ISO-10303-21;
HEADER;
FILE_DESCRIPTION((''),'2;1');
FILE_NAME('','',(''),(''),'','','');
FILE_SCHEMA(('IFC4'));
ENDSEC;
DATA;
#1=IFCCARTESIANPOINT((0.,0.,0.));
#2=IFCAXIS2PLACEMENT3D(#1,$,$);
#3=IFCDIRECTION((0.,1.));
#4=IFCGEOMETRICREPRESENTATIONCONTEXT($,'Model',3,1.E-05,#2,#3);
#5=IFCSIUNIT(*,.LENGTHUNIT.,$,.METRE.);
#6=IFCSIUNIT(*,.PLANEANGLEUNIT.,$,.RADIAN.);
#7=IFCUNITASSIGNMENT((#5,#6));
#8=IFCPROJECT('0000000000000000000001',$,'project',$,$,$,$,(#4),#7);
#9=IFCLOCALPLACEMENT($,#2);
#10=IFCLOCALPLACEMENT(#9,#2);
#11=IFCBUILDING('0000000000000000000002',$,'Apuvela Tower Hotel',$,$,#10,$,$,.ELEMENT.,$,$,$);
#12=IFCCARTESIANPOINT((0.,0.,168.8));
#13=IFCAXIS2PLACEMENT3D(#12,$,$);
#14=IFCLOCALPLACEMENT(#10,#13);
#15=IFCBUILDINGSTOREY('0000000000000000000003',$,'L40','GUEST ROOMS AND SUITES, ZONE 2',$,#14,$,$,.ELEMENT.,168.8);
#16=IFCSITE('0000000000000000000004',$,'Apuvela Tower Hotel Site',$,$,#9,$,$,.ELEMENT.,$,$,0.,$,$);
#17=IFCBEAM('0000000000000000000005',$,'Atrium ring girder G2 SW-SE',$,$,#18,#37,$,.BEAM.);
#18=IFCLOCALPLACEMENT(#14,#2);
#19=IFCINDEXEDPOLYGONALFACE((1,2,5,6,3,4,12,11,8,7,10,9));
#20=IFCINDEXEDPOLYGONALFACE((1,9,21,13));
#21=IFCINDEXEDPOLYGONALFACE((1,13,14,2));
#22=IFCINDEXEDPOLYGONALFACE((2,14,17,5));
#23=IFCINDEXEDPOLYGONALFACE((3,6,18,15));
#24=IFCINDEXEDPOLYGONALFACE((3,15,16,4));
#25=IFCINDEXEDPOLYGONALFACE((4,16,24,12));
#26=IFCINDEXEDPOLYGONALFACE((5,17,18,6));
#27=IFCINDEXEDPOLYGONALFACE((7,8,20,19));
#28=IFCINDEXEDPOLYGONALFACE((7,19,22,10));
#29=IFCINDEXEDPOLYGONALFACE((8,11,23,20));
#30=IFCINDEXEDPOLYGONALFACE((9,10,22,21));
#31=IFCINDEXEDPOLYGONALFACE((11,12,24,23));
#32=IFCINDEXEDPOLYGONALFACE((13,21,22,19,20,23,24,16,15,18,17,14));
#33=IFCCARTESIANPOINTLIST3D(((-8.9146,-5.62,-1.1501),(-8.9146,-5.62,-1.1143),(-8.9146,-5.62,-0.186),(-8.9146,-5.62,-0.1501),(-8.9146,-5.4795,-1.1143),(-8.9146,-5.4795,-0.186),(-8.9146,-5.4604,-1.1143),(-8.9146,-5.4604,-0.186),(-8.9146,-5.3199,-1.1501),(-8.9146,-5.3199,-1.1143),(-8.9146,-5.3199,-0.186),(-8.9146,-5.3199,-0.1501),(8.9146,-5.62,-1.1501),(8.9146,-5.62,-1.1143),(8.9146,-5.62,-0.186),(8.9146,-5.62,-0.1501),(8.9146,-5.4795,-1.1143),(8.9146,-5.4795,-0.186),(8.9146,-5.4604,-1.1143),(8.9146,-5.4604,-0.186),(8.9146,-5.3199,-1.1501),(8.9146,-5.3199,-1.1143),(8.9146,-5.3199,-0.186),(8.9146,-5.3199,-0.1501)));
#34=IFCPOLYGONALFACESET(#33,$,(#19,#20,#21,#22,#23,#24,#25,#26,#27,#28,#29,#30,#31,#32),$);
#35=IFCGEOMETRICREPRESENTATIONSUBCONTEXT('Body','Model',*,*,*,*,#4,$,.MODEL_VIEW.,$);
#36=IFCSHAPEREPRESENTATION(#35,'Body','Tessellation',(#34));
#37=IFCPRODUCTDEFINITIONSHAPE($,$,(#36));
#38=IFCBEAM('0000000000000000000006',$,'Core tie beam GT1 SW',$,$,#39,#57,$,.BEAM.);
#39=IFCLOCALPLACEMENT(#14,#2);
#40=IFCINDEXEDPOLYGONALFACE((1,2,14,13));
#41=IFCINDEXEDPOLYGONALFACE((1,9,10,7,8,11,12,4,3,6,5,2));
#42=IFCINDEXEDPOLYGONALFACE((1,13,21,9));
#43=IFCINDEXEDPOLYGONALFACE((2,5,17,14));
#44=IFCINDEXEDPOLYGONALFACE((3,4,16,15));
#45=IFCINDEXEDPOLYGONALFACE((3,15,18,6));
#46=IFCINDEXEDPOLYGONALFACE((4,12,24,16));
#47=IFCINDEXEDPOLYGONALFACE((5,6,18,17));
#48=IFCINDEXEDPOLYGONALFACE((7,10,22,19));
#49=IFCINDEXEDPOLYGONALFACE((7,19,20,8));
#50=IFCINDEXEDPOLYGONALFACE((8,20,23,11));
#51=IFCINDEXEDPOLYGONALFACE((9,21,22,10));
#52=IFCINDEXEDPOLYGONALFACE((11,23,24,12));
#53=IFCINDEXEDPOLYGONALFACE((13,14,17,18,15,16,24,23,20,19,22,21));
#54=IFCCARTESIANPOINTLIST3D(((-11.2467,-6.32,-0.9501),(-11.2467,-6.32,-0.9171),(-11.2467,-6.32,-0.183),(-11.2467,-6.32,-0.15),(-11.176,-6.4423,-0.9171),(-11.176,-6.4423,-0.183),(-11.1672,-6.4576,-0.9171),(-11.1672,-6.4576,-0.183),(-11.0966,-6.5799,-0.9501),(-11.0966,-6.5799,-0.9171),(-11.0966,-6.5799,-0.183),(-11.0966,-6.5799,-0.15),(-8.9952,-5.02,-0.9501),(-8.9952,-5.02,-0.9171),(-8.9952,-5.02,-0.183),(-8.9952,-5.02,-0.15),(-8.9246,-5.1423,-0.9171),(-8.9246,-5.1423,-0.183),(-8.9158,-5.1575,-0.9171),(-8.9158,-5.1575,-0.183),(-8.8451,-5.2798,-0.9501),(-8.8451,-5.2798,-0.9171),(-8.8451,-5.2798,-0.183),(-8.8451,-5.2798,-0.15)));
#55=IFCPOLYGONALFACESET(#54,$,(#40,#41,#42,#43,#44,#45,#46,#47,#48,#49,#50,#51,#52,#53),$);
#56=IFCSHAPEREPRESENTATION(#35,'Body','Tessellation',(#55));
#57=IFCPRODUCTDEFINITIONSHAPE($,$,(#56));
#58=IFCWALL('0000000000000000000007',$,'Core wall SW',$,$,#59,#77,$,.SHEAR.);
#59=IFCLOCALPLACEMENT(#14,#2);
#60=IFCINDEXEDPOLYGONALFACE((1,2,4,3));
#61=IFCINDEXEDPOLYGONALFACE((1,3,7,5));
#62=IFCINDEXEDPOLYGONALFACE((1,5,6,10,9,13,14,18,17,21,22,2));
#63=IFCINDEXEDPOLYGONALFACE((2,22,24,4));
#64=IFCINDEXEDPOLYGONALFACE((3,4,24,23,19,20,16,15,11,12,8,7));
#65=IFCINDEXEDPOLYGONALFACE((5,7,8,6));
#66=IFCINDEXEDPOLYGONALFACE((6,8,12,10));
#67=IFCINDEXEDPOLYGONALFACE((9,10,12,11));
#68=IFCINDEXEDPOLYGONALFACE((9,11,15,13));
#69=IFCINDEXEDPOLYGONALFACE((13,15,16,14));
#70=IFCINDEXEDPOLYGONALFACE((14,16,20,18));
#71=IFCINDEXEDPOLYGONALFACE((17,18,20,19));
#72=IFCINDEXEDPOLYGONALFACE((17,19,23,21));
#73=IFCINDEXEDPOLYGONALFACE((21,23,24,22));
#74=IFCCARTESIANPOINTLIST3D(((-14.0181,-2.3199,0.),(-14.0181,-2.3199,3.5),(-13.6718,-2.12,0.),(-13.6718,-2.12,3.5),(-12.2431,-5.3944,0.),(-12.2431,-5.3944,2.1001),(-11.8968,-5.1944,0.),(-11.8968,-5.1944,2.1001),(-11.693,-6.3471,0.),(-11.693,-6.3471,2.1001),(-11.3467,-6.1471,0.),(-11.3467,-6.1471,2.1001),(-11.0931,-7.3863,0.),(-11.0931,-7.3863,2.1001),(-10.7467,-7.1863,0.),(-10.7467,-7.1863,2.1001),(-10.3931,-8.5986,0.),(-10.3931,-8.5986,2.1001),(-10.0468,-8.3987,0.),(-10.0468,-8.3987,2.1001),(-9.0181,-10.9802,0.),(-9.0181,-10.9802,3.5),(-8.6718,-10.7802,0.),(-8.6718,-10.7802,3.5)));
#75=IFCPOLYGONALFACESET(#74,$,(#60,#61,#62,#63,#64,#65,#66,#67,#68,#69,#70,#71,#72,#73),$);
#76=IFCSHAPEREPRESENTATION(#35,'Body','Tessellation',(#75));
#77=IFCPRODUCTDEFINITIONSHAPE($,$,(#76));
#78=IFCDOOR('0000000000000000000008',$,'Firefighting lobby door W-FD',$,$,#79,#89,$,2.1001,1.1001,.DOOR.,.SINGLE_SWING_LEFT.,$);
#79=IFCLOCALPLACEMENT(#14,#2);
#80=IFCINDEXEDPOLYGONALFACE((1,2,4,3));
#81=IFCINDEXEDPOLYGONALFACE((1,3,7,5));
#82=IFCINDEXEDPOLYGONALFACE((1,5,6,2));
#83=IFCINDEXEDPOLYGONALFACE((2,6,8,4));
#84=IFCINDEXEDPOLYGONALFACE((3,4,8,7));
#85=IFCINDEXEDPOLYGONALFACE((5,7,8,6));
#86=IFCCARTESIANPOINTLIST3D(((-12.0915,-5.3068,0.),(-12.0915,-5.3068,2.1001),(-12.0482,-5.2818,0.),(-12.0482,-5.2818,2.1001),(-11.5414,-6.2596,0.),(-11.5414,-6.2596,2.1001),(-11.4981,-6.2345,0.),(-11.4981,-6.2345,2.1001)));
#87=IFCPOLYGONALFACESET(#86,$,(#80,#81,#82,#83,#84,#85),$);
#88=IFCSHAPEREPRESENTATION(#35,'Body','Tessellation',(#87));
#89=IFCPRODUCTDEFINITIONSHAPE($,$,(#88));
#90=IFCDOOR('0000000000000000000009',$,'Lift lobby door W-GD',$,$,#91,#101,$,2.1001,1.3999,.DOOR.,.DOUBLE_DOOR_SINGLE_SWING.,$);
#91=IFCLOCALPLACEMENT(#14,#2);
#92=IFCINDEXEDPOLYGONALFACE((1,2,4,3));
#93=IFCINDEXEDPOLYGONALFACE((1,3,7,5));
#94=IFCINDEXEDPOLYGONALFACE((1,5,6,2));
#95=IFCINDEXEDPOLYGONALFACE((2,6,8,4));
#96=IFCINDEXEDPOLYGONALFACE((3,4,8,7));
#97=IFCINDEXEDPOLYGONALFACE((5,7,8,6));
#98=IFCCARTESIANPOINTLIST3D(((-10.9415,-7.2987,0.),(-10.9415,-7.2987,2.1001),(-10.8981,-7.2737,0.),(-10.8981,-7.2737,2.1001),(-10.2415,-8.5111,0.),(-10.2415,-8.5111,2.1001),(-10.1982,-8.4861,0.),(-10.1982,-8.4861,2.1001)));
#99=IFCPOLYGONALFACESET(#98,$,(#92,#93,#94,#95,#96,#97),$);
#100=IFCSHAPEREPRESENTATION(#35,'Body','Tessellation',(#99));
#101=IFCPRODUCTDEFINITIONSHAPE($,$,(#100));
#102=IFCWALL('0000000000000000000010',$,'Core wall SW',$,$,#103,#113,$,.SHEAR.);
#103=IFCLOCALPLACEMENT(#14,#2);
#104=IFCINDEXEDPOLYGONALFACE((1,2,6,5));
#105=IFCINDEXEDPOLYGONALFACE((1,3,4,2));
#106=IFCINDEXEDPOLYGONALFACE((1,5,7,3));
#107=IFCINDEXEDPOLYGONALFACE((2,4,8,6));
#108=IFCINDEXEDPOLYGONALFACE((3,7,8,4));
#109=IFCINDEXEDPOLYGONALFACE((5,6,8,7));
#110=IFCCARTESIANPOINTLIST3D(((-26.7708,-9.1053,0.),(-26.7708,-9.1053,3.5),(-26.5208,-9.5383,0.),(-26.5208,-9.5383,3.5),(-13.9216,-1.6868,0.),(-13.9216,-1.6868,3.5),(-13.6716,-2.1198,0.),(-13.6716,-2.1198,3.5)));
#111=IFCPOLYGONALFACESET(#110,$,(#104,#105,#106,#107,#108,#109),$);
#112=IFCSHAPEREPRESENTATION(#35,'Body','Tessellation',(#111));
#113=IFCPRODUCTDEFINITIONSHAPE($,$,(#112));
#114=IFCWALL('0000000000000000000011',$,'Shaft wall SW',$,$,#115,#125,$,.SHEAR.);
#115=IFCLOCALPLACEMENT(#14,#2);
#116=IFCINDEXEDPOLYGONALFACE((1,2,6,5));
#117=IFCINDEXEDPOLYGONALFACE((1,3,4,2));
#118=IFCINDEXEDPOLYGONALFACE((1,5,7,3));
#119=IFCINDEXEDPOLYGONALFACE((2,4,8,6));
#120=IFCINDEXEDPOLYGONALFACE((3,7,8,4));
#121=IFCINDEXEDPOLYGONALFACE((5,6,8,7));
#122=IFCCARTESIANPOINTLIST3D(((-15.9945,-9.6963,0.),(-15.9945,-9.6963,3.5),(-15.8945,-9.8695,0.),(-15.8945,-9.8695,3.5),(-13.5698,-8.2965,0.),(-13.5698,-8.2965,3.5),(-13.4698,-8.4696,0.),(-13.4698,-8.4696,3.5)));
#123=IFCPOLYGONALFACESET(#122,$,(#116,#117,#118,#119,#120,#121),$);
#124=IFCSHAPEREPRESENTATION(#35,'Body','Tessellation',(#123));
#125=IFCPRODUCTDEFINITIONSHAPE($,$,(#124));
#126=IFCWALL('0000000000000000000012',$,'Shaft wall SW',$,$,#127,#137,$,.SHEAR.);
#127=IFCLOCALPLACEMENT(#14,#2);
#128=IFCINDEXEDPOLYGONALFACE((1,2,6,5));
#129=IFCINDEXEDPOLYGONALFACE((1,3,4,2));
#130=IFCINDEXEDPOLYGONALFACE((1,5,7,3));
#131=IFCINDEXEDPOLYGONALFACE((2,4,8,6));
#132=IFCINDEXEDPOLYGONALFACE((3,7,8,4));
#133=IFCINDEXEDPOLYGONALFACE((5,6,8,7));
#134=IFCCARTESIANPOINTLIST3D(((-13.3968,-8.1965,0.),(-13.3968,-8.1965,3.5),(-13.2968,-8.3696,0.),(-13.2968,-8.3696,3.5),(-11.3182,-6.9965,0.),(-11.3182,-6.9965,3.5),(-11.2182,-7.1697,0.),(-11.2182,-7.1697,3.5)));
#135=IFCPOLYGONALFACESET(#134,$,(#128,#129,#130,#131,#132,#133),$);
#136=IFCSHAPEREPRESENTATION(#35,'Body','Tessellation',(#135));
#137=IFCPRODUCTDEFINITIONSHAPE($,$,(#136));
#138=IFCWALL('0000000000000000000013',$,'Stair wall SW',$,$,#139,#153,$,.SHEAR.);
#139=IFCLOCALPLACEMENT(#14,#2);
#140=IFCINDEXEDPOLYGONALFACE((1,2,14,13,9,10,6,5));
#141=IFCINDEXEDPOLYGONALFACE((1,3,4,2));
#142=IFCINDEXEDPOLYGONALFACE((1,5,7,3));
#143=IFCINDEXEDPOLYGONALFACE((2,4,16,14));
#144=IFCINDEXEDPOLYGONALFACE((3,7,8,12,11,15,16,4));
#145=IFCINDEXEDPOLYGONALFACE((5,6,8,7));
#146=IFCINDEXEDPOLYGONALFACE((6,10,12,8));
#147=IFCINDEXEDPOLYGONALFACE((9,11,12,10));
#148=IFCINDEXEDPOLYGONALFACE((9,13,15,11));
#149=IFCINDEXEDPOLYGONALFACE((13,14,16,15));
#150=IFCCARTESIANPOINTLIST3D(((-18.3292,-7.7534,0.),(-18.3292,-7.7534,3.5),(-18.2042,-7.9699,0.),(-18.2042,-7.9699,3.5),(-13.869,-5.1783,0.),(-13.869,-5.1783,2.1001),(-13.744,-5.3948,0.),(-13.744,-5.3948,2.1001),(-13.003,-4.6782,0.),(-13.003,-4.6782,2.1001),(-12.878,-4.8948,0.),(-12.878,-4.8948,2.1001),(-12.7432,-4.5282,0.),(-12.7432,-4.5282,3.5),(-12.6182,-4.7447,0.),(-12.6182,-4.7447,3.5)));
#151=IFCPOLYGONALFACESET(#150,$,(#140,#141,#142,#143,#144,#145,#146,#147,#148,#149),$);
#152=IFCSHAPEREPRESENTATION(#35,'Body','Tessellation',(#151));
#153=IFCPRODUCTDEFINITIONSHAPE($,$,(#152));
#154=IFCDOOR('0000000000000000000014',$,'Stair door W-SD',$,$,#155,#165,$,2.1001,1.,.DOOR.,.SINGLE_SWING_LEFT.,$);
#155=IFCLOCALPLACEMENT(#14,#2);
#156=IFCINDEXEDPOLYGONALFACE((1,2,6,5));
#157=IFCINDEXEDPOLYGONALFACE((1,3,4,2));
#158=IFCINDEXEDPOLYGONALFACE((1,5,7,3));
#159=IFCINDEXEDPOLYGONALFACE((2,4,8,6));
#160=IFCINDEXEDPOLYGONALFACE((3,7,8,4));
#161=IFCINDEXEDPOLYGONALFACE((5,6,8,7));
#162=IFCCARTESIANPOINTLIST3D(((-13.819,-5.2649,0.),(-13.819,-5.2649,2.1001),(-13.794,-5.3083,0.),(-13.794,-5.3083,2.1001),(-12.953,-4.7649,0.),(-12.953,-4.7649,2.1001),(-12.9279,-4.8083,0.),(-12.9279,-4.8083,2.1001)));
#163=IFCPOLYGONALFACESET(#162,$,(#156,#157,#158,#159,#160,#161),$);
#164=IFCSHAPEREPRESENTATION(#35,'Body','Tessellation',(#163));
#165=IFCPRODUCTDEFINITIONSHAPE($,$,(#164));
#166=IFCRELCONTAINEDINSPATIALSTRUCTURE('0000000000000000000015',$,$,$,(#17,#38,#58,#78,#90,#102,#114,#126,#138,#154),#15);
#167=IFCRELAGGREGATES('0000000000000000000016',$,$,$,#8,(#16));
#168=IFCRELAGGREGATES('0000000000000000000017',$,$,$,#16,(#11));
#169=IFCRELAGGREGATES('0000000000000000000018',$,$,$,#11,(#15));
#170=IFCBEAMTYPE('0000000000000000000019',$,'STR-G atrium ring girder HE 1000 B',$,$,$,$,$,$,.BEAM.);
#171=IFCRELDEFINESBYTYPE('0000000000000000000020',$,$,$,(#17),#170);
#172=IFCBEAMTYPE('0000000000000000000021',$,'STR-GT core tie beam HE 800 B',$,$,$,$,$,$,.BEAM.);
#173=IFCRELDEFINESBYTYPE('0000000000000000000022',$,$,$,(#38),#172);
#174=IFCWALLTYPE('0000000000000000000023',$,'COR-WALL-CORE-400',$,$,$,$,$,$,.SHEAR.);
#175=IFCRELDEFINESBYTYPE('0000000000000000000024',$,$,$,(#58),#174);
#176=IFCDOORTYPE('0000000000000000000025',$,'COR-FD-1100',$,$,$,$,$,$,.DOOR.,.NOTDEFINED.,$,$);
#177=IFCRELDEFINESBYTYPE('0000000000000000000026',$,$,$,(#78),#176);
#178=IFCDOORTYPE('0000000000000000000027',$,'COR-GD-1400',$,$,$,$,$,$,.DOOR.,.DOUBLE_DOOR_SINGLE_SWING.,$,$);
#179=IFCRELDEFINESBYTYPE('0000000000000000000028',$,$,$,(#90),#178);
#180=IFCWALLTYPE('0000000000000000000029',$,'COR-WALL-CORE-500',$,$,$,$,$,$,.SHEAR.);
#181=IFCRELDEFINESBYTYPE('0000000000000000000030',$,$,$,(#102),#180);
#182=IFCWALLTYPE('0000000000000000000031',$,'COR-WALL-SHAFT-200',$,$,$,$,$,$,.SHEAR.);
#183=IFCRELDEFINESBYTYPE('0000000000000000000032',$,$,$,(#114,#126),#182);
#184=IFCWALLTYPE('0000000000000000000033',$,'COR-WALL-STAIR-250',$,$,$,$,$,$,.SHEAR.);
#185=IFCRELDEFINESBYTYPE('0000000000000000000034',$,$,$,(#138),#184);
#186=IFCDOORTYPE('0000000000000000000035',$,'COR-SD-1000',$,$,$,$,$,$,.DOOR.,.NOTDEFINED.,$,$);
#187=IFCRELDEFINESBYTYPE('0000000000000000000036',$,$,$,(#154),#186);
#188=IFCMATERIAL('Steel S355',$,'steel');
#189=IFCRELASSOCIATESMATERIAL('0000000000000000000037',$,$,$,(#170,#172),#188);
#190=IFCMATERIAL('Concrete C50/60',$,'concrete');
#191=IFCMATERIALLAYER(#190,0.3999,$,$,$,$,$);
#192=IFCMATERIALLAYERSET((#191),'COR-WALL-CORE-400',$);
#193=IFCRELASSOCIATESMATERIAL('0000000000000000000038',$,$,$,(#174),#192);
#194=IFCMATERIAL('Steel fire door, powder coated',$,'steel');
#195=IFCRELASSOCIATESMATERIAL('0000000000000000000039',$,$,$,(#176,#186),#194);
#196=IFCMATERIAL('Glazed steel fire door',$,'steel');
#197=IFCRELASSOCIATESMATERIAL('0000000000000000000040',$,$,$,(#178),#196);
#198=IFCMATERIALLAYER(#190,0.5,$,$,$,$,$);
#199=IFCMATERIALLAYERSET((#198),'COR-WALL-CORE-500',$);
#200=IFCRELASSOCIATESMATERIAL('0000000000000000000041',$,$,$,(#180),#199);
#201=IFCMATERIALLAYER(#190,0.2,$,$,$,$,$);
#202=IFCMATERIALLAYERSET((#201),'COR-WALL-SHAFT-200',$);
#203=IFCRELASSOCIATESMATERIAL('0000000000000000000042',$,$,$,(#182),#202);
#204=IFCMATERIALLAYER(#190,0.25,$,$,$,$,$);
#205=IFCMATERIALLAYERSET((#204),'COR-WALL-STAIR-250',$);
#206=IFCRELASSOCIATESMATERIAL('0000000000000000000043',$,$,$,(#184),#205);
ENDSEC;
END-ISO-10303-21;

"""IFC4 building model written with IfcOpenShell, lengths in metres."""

from ifc_helpers import new_model, si_unit, direction, frame, frame_2d, origin, origin_2d, place, context, subcontext, project, spatial, rectangle, i_section, extrude, material, layer, layer_set, material_profile, profile_set, type_object, element, fill, save


model = new_model("IFC4")

# Units and contexts
model_context = context("Model", 3, precision=1e-05, world=origin(), true_north=direction((0.0, 1.0)))
body_context = subcontext(model_context, "Body", "Model", "MODEL_VIEW")
ifc_project = project(units=[si_unit("LENGTHUNIT", "METRE"), si_unit("PLANEANGLEUNIT", "RADIAN")], contexts=[model_context])

# Site, building, storey
site_placement = place(None, origin())
site = spatial("IfcSite", under=ifc_project, at=site_placement, Name="Apuvela Tower Hotel Site", CompositionType="ELEMENT", RefElevation=0.0)
building_placement = place(site_placement, origin())
building = spatial("IfcBuilding", under=site, at=building_placement, Name="Apuvela Tower Hotel", CompositionType="ELEMENT")
storey_placement = place(building_placement, frame((0.0, 0.0, 168.8)))
storey = spatial("IfcBuildingStorey", under=building, at=storey_placement, Name="L40", Description="GUEST ROOMS AND SUITES, ZONE 2", CompositionType="ELEMENT", Elevation=168.8)

# Beams
ifc_material_1 = material(Name="Steel S355", Category="steel")
ifc_material_profile_1 = material_profile(ifc_material_1, i_section(OverallWidth=0.3, OverallDepth=1.0, WebThickness=0.019, FlangeThickness=0.0359, at=origin_2d()), Name="HE 1000 B")
ifc_profile_set_1 = profile_set([ifc_material_profile_1], Name="Steel S355")
beam_type_1 = type_object("IfcBeamType", Name="STR-G atrium ring girder HE 1000 B", PredefinedType="BEAM", material=ifc_profile_set_1)
beam_1_placement = place(storey_placement, frame((-8.9146, -5.47, -0.6501), z_axis=(1.0, 0.0, 0.0), x_axis=(0.0, 1.0, 0.0)))
element("IfcBeam", 1, at=beam_1_placement, inside=storey, type_object=beam_type_1, Name="Atrium ring girder G2 SW-SE", PredefinedType="BEAM", context=body_context, shape_type="SweptSolid", body=[
    extrude(i_section(OverallWidth=0.3, OverallDepth=1.0, WebThickness=0.019, FlangeThickness=0.0359, at=origin_2d()), origin(), (0.0, 0.0, 1.0), 17.8291),
])
ifc_material_profile_2 = material_profile(ifc_material_1, i_section(OverallWidth=0.3, OverallDepth=0.8, WebThickness=0.0176, FlangeThickness=0.033, at=origin_2d()), Name="HE 800 B")
ifc_profile_set_2 = profile_set([ifc_material_profile_2], Name="Steel S355")
beam_type_2 = type_object("IfcBeamType", Name="STR-GT core tie beam HE 800 B", PredefinedType="BEAM", material=ifc_profile_set_2)
beam_2_placement = place(storey_placement, frame((-11.1716, -6.45, -0.55), z_axis=(0.865998, 0.500048, 0.0), x_axis=(-0.500048, 0.865998, 0.0)))
element("IfcBeam", 2, at=beam_2_placement, inside=storey, type_object=beam_type_2, Name="Core tie beam GT1 SW", PredefinedType="BEAM", context=body_context, shape_type="SweptSolid", body=[
    extrude(i_section(OverallWidth=0.3, OverallDepth=0.8, WebThickness=0.0176, FlangeThickness=0.033, at=origin_2d()), origin(), (0.0, 0.0, 1.0), 2.5999),
])

# Wall, openings, doors
ifc_material_2 = material(Name="Concrete C50/60", Category="concrete")
ifc_layer_1 = layer(ifc_material_2, 0.3999)
ifc_layer_set_1 = layer_set([ifc_layer_1], Name="COR-WALL-CORE-400")
wall_type_1 = type_object("IfcWallType", Name="COR-WALL-CORE-400", PredefinedType="SHEAR", material=ifc_layer_set_1)
wall_1_placement = place(storey_placement, frame((-13.845, -2.22, 0.0), z_axis=(0.0, 0.0, 1.0), x_axis=(0.500004, -0.866023, 0.0)))
wall_1 = element("IfcWall", 3, at=wall_1_placement, inside=storey, type_object=wall_type_1, Name="Core wall SW", PredefinedType="SHEAR", context=body_context, shape_type="SweptSolid", body=[
    extrude(rectangle(XDim=10.0, YDim=0.3999, at=frame_2d((5.0, 0.0))), origin(), (0.0, 0.0, 1.0), 3.5),
])
opening_1_placement = place(wall_1_placement, frame((3.55, 0.0, 0.0)))
opening_1 = element("IfcOpeningElement", 4, at=opening_1_placement, cuts=wall_1, PredefinedType="OPENING", context=body_context, shape_type="SweptSolid", body=[
    extrude(rectangle(XDim=1.1001, YDim=2.1001, at=frame_2d((0.55, 1.05))), frame((0.0, 0.21, 0.0), z_axis=(0.0, -1.0, 0.0), x_axis=(1.0, 0.0, 0.0)), (0.0, 0.0, 1.0), 0.4199),
])
opening_2_placement = place(wall_1_placement, frame((5.8501, 0.0, 0.0)))
opening_2 = element("IfcOpeningElement", 5, at=opening_2_placement, cuts=wall_1, PredefinedType="OPENING", context=body_context, shape_type="SweptSolid", body=[
    extrude(rectangle(XDim=1.3999, YDim=2.1001, at=frame_2d((0.7, 1.05))), frame((0.0, 0.21, 0.0), z_axis=(0.0, -1.0, 0.0), x_axis=(1.0, 0.0, 0.0)), (0.0, 0.0, 1.0), 0.4199),
])
ifc_material_3 = material(Name="Steel fire door, powder coated", Category="steel")
door_type_1 = type_object("IfcDoorType", Name="COR-FD-1100", OperationType="NOTDEFINED", PredefinedType="DOOR", material=ifc_material_3)
door_1_placement = place(opening_1_placement, frame((1.1001, 0.0, 0.0), z_axis=(0.0, 0.0, 1.0), x_axis=(-1.0, 0.0, 0.0)))
door_1 = element("IfcDoor", 6, at=door_1_placement, inside=storey, type_object=door_type_1, Name="Firefighting lobby door W-FD", OperationType="SINGLE_SWING_LEFT", OverallHeight=2.1001, OverallWidth=1.1001, PredefinedType="DOOR", context=body_context, shape_type="SweptSolid", body=[
    extrude(rectangle(XDim=1.1001, YDim=2.1001, at=frame_2d((0.55, 1.05))), frame((0.0, 0.0249, 0.0), z_axis=(0.0, -1.0, 0.0), x_axis=(1.0, 0.0, 0.0)), (0.0, 0.0, 1.0), 0.05),
])
fill(opening_1, door_1)
ifc_material_4 = material(Name="Glazed steel fire door", Category="steel")
door_type_2 = type_object("IfcDoorType", Name="COR-GD-1400", OperationType="DOUBLE_DOOR_SINGLE_SWING", PredefinedType="DOOR", material=ifc_material_4)
door_2_placement = place(opening_2_placement, frame((1.3999, 0.0, 0.0), z_axis=(0.0, 0.0, 1.0), x_axis=(-1.0, 0.0, 0.0)))
door_2 = element("IfcDoor", 7, at=door_2_placement, inside=storey, type_object=door_type_2, Name="Lift lobby door W-GD", OperationType="DOUBLE_DOOR_SINGLE_SWING", OverallHeight=2.1001, OverallWidth=1.3999, PredefinedType="DOOR", context=body_context, shape_type="SweptSolid", body=[
    extrude(rectangle(XDim=1.3999, YDim=2.1001, at=frame_2d((0.7, 1.05))), frame((0.0, 0.0249, 0.0), z_axis=(0.0, -1.0, 0.0), x_axis=(1.0, 0.0, 0.0)), (0.0, 0.0, 1.0), 0.05),
])
fill(opening_2, door_2)

# Walls
ifc_layer_2 = layer(ifc_material_2, 0.5)
ifc_layer_set_2 = layer_set([ifc_layer_2], Name="COR-WALL-CORE-500")
wall_type_2 = type_object("IfcWallType", Name="COR-WALL-CORE-500", PredefinedType="SHEAR", material=ifc_layer_set_2)
wall_2_placement = place(storey_placement, frame((-13.7966, -1.9033, 0.0), z_axis=(0.0, 0.0, 1.0), x_axis=(-0.866025, -0.500001, 0.0)))
element("IfcWall", 8, at=wall_2_placement, inside=storey, type_object=wall_type_2, Name="Core wall SW", PredefinedType="SHEAR", context=body_context, shape_type="SweptSolid", body=[
    extrude(rectangle(XDim=14.8369, YDim=0.5, at=frame_2d((7.4185, 0.0))), origin(), (0.0, 0.0, 1.0), 3.5),
])
ifc_layer_3 = layer(ifc_material_2, 0.2)
ifc_layer_set_3 = layer_set([ifc_layer_3], Name="COR-WALL-SHAFT-200")
wall_type_3 = type_object("IfcWallType", Name="COR-WALL-SHAFT-200", PredefinedType="SHEAR", material=ifc_layer_set_3)
wall_3_placement = place(storey_placement, frame((-13.5198, -8.3831, 0.0), z_axis=(0.0, 0.0, 1.0), x_axis=(-0.866035, -0.499984, 0.0)))
element("IfcWall", 9, at=wall_3_placement, inside=storey, type_object=wall_type_3, Name="Shaft wall SW", PredefinedType="SHEAR", context=body_context, shape_type="SweptSolid", body=[
    extrude(rectangle(XDim=2.7998, YDim=0.2, at=frame_2d((1.3999, 0.0))), origin(), (0.0, 0.0, 1.0), 3.5),
])
wall_4_placement = place(storey_placement, frame((-11.2681, -7.083, 0.0), z_axis=(0.0, 0.0, 1.0), x_axis=(-0.86605, -0.499957, 0.0)))
element("IfcWall", 10, at=wall_4_placement, inside=storey, type_object=wall_type_3, Name="Shaft wall SW", PredefinedType="SHEAR", context=body_context, shape_type="SweptSolid", body=[
    extrude(rectangle(XDim=2.4001, YDim=0.2, at=frame_2d((1.2002, 0.0))), origin(), (0.0, 0.0, 1.0), 3.5),
])

# Wall, opening, door
ifc_layer_4 = layer(ifc_material_2, 0.25)
ifc_layer_set_4 = layer_set([ifc_layer_4], Name="COR-WALL-STAIR-250")
wall_type_4 = type_object("IfcWallType", Name="COR-WALL-STAIR-250", PredefinedType="SHEAR", material=ifc_layer_set_4)
wall_5_placement = place(storey_placement, frame((-12.6807, -4.6365, 0.0), z_axis=(0.0, 0.0, 1.0), x_axis=(-0.866022, -0.500006, 0.0)))
wall_5 = element("IfcWall", 11, at=wall_5_placement, inside=storey, type_object=wall_type_4, Name="Stair wall SW", PredefinedType="SHEAR", context=body_context, shape_type="SweptSolid", body=[
    extrude(rectangle(XDim=6.4502, YDim=0.25, at=frame_2d((3.2251, 0.0))), origin(), (0.0, 0.0, 1.0), 3.5),
])
opening_3_placement = place(wall_5_placement, frame((0.3, 0.0, 0.0)))
opening_3 = element("IfcOpeningElement", 12, at=opening_3_placement, cuts=wall_5, PredefinedType="OPENING", context=body_context, shape_type="SweptSolid", body=[
    extrude(rectangle(XDim=1.0, YDim=2.1001, at=frame_2d((0.5, 1.05))), frame((0.0, 0.135, 0.0), z_axis=(0.0, -1.0, 0.0), x_axis=(1.0, 0.0, 0.0)), (0.0, 0.0, 1.0), 0.27),
])
door_type_3 = type_object("IfcDoorType", Name="COR-SD-1000", OperationType="NOTDEFINED", PredefinedType="DOOR", material=ifc_material_3)
door_3_placement = place(opening_3_placement, frame((1.0, 0.0, 0.0), z_axis=(0.0, 0.0, 1.0), x_axis=(-1.0, 0.0, 0.0)))
door_3 = element("IfcDoor", 13, at=door_3_placement, inside=storey, type_object=door_type_3, Name="Stair door W-SD", OperationType="SINGLE_SWING_LEFT", OverallHeight=2.1001, OverallWidth=1.0, PredefinedType="DOOR", context=body_context, shape_type="SweptSolid", body=[
    extrude(rectangle(XDim=1.0, YDim=2.1001, at=frame_2d((0.5, 1.05))), frame((0.0, 0.0249, 0.0), z_axis=(0.0, -1.0, 0.0), x_axis=(1.0, 0.0, 0.0)), (0.0, 0.0, 1.0), 0.05),
])
fill(opening_3, door_3)

save(model, "model.ifc")
